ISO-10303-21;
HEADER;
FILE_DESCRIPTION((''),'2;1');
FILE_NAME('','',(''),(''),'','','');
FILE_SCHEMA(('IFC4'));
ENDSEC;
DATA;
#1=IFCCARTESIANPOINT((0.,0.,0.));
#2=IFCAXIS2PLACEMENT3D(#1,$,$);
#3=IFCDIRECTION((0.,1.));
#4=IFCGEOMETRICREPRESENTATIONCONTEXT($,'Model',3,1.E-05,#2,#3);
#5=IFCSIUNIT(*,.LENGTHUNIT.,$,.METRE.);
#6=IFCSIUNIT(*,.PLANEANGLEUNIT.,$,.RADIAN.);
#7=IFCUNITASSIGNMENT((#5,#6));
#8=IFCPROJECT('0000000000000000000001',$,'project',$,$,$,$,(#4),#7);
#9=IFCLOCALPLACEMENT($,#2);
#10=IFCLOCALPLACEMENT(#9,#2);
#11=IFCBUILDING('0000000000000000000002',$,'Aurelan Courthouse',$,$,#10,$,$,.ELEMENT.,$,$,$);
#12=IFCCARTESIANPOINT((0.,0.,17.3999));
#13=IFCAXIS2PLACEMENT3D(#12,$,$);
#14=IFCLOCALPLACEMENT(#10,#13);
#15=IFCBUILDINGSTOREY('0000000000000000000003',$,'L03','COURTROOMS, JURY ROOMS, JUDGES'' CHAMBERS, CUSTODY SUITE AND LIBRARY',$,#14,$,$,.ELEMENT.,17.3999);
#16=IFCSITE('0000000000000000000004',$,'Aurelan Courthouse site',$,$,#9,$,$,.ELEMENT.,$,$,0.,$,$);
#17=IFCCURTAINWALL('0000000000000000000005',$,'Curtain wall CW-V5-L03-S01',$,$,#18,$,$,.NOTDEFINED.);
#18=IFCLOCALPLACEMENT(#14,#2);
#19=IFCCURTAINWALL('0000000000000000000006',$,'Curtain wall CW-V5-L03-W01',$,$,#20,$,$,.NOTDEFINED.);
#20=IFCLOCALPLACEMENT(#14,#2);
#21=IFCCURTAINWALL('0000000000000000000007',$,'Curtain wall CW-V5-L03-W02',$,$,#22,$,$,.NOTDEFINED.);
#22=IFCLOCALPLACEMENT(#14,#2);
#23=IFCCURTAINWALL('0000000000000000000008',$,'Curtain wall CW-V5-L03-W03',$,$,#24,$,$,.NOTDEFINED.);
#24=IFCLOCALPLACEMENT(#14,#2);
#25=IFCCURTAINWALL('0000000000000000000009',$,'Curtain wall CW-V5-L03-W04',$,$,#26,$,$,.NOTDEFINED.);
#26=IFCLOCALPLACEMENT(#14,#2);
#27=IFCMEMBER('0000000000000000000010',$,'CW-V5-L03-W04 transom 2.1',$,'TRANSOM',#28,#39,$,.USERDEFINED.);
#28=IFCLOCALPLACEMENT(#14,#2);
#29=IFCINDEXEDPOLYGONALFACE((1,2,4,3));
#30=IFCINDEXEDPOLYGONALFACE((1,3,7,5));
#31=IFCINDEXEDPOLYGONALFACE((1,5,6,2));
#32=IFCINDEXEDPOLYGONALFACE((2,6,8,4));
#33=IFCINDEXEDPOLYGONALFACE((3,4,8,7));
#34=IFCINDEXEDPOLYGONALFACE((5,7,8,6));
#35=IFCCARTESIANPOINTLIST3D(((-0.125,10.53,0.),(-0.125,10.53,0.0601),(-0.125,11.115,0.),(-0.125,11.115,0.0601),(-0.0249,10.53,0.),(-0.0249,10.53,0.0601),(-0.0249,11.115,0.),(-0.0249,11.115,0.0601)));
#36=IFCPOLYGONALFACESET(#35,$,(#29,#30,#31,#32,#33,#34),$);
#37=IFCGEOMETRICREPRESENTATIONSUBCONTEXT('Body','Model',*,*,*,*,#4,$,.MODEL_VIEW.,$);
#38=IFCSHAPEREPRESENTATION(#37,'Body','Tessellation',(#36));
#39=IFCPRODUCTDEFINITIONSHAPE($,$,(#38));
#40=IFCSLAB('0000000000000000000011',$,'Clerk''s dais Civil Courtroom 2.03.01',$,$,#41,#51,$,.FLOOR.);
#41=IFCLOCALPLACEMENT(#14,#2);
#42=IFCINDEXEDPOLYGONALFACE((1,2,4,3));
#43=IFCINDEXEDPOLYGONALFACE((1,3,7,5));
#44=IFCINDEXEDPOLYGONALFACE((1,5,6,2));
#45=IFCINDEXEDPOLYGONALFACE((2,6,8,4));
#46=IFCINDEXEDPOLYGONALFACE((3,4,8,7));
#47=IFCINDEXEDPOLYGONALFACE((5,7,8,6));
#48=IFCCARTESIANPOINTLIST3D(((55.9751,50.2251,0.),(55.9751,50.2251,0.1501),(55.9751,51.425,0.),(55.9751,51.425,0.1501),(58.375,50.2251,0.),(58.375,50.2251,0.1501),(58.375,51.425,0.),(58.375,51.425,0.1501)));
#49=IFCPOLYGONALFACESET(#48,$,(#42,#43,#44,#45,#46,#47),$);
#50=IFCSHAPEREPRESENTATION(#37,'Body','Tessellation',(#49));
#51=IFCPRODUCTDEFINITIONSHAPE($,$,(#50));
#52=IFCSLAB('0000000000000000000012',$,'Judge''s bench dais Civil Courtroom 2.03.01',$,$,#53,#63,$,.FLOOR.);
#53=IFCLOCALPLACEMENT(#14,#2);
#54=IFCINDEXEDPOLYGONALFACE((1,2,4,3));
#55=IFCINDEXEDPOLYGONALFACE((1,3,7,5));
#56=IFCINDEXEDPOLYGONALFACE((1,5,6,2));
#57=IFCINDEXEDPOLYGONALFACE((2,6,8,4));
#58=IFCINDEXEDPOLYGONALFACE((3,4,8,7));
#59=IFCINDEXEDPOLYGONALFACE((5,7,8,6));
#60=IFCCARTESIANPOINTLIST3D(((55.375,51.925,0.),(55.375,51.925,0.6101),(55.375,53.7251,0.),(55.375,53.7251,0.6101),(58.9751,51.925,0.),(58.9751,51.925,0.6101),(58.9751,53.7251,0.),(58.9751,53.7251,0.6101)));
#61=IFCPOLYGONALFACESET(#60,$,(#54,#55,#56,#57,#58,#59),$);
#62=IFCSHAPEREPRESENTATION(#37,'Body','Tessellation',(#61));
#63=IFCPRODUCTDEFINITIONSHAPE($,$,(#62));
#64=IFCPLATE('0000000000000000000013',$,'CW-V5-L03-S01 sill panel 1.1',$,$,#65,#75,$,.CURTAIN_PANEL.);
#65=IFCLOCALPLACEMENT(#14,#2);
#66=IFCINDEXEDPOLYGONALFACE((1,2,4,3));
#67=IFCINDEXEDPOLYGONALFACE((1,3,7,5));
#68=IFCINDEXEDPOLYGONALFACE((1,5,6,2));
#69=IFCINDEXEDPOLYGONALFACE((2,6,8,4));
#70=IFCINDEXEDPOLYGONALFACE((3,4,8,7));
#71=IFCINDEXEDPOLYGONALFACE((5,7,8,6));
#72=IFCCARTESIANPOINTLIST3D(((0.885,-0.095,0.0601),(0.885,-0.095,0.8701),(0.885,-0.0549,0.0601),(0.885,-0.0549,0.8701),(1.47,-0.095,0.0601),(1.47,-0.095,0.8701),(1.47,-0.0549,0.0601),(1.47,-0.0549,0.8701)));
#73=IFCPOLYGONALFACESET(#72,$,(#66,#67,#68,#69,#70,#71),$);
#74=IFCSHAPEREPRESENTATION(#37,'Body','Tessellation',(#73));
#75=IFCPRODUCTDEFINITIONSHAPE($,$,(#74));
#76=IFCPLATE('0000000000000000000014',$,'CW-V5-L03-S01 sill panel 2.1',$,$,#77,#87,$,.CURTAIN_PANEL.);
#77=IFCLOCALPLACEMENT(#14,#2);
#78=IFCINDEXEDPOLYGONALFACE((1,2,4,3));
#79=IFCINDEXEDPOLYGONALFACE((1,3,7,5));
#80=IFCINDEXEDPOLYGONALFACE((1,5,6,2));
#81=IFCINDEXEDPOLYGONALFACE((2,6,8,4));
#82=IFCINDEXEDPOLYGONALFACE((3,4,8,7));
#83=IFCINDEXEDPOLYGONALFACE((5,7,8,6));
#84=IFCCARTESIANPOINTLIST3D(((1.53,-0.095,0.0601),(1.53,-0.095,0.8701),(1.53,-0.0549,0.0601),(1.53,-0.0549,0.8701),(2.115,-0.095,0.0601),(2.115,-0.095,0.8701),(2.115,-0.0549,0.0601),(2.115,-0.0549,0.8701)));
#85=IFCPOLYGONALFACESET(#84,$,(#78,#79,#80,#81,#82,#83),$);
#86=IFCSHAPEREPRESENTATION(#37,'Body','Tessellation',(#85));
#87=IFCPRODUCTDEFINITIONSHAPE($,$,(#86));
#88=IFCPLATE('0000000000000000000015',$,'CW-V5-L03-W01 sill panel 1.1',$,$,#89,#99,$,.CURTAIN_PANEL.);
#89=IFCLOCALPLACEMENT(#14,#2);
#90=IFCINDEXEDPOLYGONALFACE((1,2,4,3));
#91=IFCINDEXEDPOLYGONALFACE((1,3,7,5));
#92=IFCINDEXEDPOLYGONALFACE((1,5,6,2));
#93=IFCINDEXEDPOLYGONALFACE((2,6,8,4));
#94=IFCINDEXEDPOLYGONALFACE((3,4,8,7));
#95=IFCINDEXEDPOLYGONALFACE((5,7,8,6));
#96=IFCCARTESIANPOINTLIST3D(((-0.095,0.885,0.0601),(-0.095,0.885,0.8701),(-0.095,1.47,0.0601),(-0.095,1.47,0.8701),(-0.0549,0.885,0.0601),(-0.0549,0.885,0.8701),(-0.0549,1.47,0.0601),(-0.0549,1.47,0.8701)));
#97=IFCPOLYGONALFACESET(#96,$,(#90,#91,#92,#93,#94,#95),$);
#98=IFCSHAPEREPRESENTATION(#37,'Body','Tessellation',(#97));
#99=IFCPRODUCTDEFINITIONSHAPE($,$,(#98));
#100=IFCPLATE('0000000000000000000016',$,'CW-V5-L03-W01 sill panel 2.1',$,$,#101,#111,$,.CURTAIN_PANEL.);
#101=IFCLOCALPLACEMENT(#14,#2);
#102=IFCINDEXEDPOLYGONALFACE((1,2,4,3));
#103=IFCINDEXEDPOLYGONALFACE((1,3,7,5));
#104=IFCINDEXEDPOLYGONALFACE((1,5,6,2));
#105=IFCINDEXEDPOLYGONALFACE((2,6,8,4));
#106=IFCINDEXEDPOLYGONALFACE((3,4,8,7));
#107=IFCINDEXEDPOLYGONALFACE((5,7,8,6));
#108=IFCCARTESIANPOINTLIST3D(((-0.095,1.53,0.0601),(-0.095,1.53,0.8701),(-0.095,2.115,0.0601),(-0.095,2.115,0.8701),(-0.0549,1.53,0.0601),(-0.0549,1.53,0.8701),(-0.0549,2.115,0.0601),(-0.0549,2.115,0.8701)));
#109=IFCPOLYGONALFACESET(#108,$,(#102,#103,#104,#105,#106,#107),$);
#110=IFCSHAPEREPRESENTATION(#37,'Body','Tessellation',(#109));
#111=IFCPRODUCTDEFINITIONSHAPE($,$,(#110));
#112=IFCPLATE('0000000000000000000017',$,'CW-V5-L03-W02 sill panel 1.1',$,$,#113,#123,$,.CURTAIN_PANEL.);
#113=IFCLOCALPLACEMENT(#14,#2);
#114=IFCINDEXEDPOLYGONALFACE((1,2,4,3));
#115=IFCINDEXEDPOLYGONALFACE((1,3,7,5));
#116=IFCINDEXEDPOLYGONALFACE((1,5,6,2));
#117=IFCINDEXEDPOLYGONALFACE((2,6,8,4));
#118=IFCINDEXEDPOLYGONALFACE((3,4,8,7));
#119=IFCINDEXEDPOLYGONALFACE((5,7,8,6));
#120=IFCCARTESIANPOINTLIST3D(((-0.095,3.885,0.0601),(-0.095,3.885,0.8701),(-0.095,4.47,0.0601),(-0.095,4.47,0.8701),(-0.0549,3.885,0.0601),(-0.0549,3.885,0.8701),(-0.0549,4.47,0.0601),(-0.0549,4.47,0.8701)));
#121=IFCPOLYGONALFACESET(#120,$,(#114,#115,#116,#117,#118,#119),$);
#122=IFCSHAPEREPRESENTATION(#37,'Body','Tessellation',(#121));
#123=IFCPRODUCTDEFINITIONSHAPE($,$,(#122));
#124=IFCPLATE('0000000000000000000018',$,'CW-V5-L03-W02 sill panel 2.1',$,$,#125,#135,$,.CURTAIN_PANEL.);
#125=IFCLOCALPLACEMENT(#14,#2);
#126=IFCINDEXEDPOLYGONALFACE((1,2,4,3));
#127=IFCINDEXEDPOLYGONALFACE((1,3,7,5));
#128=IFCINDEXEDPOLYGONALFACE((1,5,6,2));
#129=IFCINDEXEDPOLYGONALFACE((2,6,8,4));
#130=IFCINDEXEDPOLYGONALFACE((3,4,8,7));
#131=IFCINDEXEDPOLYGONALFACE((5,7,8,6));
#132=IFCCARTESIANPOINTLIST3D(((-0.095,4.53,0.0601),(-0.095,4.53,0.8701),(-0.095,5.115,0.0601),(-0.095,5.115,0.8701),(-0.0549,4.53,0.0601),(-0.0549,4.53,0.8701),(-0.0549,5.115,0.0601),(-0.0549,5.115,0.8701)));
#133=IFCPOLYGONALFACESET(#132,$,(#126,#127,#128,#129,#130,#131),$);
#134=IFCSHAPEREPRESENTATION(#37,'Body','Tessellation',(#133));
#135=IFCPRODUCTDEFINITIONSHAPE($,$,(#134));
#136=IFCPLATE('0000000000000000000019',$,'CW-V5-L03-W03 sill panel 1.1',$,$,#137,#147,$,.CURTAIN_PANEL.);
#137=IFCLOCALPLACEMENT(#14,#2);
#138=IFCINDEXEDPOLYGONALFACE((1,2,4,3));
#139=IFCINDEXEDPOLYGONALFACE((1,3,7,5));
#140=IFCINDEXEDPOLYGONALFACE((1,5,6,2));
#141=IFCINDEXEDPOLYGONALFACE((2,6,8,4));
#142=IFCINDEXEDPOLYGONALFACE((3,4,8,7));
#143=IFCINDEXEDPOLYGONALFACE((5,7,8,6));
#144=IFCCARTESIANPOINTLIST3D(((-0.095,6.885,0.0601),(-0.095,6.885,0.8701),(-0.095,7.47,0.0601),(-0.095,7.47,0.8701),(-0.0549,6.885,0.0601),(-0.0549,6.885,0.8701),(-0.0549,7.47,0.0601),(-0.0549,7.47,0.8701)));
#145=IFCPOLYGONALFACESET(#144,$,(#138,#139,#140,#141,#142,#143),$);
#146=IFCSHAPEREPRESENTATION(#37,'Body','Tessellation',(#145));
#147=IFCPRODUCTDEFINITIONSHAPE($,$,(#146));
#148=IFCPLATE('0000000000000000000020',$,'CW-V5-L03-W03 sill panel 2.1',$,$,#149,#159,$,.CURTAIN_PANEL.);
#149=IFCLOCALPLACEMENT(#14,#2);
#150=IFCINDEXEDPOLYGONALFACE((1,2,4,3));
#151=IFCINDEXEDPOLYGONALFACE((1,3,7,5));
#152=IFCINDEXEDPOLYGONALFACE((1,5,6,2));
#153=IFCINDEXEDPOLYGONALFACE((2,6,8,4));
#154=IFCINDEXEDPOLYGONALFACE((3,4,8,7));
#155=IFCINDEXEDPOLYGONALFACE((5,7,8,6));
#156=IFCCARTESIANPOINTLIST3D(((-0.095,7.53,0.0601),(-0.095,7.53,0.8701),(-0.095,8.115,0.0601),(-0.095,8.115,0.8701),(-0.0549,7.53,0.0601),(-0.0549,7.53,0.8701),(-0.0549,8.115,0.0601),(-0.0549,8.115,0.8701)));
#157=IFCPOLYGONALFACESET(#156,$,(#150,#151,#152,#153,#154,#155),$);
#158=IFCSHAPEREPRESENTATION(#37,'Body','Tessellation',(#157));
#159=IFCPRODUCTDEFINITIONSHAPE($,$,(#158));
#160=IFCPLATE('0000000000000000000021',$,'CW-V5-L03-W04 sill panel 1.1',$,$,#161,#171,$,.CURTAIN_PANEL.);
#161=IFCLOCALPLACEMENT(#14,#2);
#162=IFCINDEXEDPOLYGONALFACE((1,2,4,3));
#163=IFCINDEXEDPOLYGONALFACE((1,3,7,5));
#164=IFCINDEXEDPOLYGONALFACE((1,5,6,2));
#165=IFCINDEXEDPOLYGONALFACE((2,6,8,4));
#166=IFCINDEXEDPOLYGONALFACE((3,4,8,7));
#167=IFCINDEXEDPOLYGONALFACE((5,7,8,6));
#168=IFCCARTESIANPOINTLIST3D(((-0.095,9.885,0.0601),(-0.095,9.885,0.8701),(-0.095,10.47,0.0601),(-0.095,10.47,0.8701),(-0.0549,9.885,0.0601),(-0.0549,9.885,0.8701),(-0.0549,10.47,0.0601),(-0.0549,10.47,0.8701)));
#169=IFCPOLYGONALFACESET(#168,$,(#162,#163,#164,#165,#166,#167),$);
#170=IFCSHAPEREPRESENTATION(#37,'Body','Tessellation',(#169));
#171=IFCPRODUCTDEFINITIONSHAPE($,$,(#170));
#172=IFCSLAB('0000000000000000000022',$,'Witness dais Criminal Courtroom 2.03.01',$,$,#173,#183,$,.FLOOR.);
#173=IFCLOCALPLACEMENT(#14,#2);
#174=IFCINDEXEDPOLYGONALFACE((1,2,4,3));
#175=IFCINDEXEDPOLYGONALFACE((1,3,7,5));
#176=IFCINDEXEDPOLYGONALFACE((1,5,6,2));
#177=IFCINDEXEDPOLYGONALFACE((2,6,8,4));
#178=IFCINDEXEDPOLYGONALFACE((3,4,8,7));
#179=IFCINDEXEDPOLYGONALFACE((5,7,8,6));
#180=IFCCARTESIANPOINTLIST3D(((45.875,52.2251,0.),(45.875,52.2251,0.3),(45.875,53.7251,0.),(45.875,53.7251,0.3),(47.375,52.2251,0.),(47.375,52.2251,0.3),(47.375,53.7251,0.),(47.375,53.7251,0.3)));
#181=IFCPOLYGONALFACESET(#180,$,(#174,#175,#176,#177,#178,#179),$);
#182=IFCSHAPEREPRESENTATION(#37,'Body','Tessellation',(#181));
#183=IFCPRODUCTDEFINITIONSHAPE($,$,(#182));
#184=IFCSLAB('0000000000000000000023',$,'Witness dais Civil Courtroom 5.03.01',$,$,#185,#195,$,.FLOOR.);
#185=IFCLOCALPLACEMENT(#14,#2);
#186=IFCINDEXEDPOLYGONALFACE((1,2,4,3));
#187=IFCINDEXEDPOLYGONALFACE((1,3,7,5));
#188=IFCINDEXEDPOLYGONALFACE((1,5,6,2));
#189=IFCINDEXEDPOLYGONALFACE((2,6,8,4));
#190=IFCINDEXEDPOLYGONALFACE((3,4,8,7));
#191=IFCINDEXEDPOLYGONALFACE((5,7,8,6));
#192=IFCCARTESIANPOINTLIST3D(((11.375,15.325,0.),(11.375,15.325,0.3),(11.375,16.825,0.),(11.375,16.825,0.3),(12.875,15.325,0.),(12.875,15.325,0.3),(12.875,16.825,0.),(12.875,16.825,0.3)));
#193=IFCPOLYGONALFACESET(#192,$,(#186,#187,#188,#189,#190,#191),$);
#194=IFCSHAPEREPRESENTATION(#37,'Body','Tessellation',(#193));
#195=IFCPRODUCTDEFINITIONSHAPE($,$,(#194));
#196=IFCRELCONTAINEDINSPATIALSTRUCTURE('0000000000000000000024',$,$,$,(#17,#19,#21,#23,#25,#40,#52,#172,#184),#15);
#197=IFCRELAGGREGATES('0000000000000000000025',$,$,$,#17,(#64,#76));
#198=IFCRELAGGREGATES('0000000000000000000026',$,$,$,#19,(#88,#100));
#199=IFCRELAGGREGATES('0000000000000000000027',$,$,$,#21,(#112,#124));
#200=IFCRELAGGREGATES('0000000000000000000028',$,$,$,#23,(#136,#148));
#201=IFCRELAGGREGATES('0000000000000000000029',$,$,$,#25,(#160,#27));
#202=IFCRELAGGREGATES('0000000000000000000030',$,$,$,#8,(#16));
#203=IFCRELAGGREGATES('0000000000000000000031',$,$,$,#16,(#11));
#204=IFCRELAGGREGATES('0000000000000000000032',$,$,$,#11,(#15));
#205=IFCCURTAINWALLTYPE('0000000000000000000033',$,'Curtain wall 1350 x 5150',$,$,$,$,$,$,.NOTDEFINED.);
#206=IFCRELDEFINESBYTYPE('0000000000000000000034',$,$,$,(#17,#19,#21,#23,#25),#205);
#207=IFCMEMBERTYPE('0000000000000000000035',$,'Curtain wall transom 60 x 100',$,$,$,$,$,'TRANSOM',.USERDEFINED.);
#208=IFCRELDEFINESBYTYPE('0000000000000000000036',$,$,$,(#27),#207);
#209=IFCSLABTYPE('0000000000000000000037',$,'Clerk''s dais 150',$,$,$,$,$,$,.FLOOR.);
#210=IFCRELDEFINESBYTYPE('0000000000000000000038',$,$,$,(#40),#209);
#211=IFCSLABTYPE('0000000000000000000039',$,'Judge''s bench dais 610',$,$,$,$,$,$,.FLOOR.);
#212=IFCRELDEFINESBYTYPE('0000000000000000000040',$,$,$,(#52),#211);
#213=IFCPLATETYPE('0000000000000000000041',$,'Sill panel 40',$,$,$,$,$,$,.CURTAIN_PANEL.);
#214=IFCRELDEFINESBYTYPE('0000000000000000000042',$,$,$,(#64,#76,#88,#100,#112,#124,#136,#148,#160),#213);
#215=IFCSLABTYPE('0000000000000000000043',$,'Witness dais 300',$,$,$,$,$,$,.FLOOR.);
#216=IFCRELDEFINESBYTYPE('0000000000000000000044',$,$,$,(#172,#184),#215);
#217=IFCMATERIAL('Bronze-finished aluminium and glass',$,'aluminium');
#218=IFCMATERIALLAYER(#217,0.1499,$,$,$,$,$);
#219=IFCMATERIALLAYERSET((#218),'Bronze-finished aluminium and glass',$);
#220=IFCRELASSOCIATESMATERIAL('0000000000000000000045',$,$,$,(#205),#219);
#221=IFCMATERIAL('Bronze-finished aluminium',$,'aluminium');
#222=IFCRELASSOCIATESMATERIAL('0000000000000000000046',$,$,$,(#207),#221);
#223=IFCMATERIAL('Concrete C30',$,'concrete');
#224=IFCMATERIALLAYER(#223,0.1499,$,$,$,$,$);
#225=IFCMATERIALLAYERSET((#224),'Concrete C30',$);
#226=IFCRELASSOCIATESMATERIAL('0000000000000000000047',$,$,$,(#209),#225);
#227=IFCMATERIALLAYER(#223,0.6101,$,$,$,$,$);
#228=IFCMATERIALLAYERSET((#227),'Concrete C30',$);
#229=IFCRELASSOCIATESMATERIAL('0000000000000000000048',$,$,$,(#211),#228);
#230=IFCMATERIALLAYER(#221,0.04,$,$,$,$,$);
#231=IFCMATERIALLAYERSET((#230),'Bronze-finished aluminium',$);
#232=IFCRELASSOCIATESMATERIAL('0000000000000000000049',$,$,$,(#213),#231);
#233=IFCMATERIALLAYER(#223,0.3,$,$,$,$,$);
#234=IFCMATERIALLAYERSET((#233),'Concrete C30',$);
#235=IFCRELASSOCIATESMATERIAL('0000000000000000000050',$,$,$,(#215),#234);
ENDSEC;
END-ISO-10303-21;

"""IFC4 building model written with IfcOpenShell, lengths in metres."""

from ifc_helpers import new_model, si_unit, direction, frame, origin, origin_2d, place, context, subcontext, project, spatial, polyline, rectangle, outline, extrude, material, layer, layer_set, material_profile, profile_set, type_object, element, aggregate, save


model = new_model("IFC4")

# Units and contexts
model_context = context("Model", 3, precision=1e-05, world=origin(), true_north=direction((0.0, 1.0)))
body_context = subcontext(model_context, "Body", "Model", "MODEL_VIEW")
ifc_project = project(units=[si_unit("LENGTHUNIT", "METRE"), si_unit("PLANEANGLEUNIT", "RADIAN")], contexts=[model_context])

# Site, building, storey
site_placement = place(None, origin())
site = spatial("IfcSite", under=ifc_project, at=site_placement, Name="Aurelan Courthouse site", CompositionType="ELEMENT", RefElevation=0.0)
building_placement = place(site_placement, origin())
building = spatial("IfcBuilding", under=site, at=building_placement, Name="Aurelan Courthouse", CompositionType="ELEMENT")
storey_placement = place(building_placement, frame((0.0, 0.0, 17.3999)))
storey = spatial("IfcBuildingStorey", under=building, at=storey_placement, Name="L03", Description="COURTROOMS, JURY ROOMS, JUDGES' CHAMBERS, CUSTODY SUITE AND LIBRARY", CompositionType="ELEMENT", Elevation=17.3999)

# Curtain walls, member
ifc_material_1 = material(Name="Bronze-finished aluminium and glass", Category="aluminium")
ifc_layer_1 = layer(ifc_material_1, 0.1499)
ifc_layer_set_1 = layer_set([ifc_layer_1], Name="Bronze-finished aluminium and glass")
curtain_wall_type = type_object("IfcCurtainWallType", Name="Curtain wall 1350 x 5150", PredefinedType="NOTDEFINED", material=ifc_layer_set_1)
curtain_wall_1_placement = place(storey_placement, origin())
curtain_wall_1 = element("IfcCurtainWall", 1, at=curtain_wall_1_placement, inside=storey, type_object=curtain_wall_type, Name="Curtain wall CW-V5-L03-S01", PredefinedType="NOTDEFINED")
ifc_material_2 = material(Name="Bronze-finished aluminium", Category="aluminium")
ifc_material_profile_1 = material_profile(ifc_material_2, rectangle(XDim=0.1001, YDim=0.0601, at=origin_2d()), Name="Bronze transom 60 x 100")
ifc_profile_set_1 = profile_set([ifc_material_profile_1], Name="Bronze-finished aluminium")
member_type_1 = type_object("IfcMemberType", Name="Curtain wall transom 60 x 100", ElementType="TRANSOM", PredefinedType="USERDEFINED", material=ifc_profile_set_1)
curtain_wall_2_placement = place(storey_placement, origin())
curtain_wall_2 = element("IfcCurtainWall", 2, at=curtain_wall_2_placement, inside=storey, type_object=curtain_wall_type, Name="Curtain wall CW-V5-L03-W01", PredefinedType="NOTDEFINED")
curtain_wall_3_placement = place(storey_placement, origin())
curtain_wall_3 = element("IfcCurtainWall", 3, at=curtain_wall_3_placement, inside=storey, type_object=curtain_wall_type, Name="Curtain wall CW-V5-L03-W02", PredefinedType="NOTDEFINED")
curtain_wall_4_placement = place(storey_placement, origin())
curtain_wall_4 = element("IfcCurtainWall", 4, at=curtain_wall_4_placement, inside=storey, type_object=curtain_wall_type, Name="Curtain wall CW-V5-L03-W03", PredefinedType="NOTDEFINED")
curtain_wall_5_placement = place(storey_placement, origin())
curtain_wall_5 = element("IfcCurtainWall", 5, at=curtain_wall_5_placement, inside=storey, type_object=curtain_wall_type, Name="Curtain wall CW-V5-L03-W04", PredefinedType="NOTDEFINED")
member_1_placement = place(storey_placement, frame((-0.075, 10.53, 0.03), z_axis=(0.0, 1.0, 0.0), x_axis=(-1.0, 0.0, 0.0)))
member_1 = element("IfcMember", 6, at=member_1_placement, type_object=member_type_1, Name="CW-V5-L03-W04 transom 2.1", ObjectType="TRANSOM", PredefinedType="USERDEFINED", context=body_context, shape_type="SweptSolid", body=[
    extrude(rectangle(XDim=0.1001, YDim=0.0601, at=origin_2d()), origin(), (0.0, 0.0, 1.0), 0.585),
])

# Slabs
ifc_material_3 = material(Name="Concrete C30", Category="concrete")
ifc_layer_2 = layer(ifc_material_3, 0.1499)
ifc_layer_set_2 = layer_set([ifc_layer_2], Name="Concrete C30")
slab_type_1 = type_object("IfcSlabType", Name="Clerk's dais 150", PredefinedType="FLOOR", material=ifc_layer_set_2)
slab_1_placement = place(storey_placement, origin())
element("IfcSlab", 7, at=slab_1_placement, inside=storey, type_object=slab_type_1, Name="Clerk's dais Civil Courtroom 2.03.01", PredefinedType="FLOOR", context=body_context, shape_type="SweptSolid", body=[
    extrude(outline(polyline([(55.9751, 50.2251), (58.375, 50.2251), (58.375, 51.425), (55.9751, 51.425), (55.9751, 50.2251)])), origin(), (0.0, 0.0, 1.0), 0.1501),
])
ifc_layer_3 = layer(ifc_material_3, 0.6101)
ifc_layer_set_3 = layer_set([ifc_layer_3], Name="Concrete C30")
slab_type_2 = type_object("IfcSlabType", Name="Judge's bench dais 610", PredefinedType="FLOOR", material=ifc_layer_set_3)
slab_2_placement = place(storey_placement, origin())
element("IfcSlab", 8, at=slab_2_placement, inside=storey, type_object=slab_type_2, Name="Judge's bench dais Civil Courtroom 2.03.01", PredefinedType="FLOOR", context=body_context, shape_type="SweptSolid", body=[
    extrude(outline(polyline([(55.375, 51.925), (58.9751, 51.925), (58.9751, 53.7251), (55.375, 53.7251), (55.375, 51.925)])), origin(), (0.0, 0.0, 1.0), 0.6101),
])

# Plates
ifc_layer_4 = layer(ifc_material_2, 0.04)
ifc_layer_set_4 = layer_set([ifc_layer_4], Name="Bronze-finished aluminium")
plate_type = type_object("IfcPlateType", Name="Sill panel 40", PredefinedType="CURTAIN_PANEL", material=ifc_layer_set_4)
plate_1_placement = place(storey_placement, frame((1.1775, -0.075, 0.0601), z_axis=(0.0, 0.0, 1.0), x_axis=(1.0, 0.0, 0.0)))
plate_1 = element("IfcPlate", 9, at=plate_1_placement, type_object=plate_type, Name="CW-V5-L03-S01 sill panel 1.1", PredefinedType="CURTAIN_PANEL", context=body_context, shape_type="SweptSolid", body=[
    extrude(rectangle(XDim=0.585, YDim=0.04, at=origin_2d()), origin(), (0.0, 0.0, 1.0), 0.8101),
])
plate_2_placement = place(storey_placement, frame((1.8225, -0.075, 0.0601), z_axis=(0.0, 0.0, 1.0), x_axis=(1.0, 0.0, 0.0)))
plate_2 = element("IfcPlate", 10, at=plate_2_placement, type_object=plate_type, Name="CW-V5-L03-S01 sill panel 2.1", PredefinedType="CURTAIN_PANEL", context=body_context, shape_type="SweptSolid", body=[
    extrude(rectangle(XDim=0.585, YDim=0.04, at=origin_2d()), origin(), (0.0, 0.0, 1.0), 0.8101),
])
aggregate(curtain_wall_1, [plate_1, plate_2])
plate_3_placement = place(storey_placement, frame((-0.075, 1.1775, 0.0601), z_axis=(0.0, 0.0, 1.0), x_axis=(0.0, 1.0, 0.0)))
plate_3 = element("IfcPlate", 11, at=plate_3_placement, type_object=plate_type, Name="CW-V5-L03-W01 sill panel 1.1", PredefinedType="CURTAIN_PANEL", context=body_context, shape_type="SweptSolid", body=[
    extrude(rectangle(XDim=0.585, YDim=0.04, at=origin_2d()), origin(), (0.0, 0.0, 1.0), 0.8101),
])
plate_4_placement = place(storey_placement, frame((-0.075, 1.8225, 0.0601), z_axis=(0.0, 0.0, 1.0), x_axis=(0.0, 1.0, 0.0)))
plate_4 = element("IfcPlate", 12, at=plate_4_placement, type_object=plate_type, Name="CW-V5-L03-W01 sill panel 2.1", PredefinedType="CURTAIN_PANEL", context=body_context, shape_type="SweptSolid", body=[
    extrude(rectangle(XDim=0.585, YDim=0.04, at=origin_2d()), origin(), (0.0, 0.0, 1.0), 0.8101),
])
aggregate(curtain_wall_2, [plate_3, plate_4])
plate_5_placement = place(storey_placement, frame((-0.075, 4.1775, 0.0601), z_axis=(0.0, 0.0, 1.0), x_axis=(0.0, 1.0, 0.0)))
plate_5 = element("IfcPlate", 13, at=plate_5_placement, type_object=plate_type, Name="CW-V5-L03-W02 sill panel 1.1", PredefinedType="CURTAIN_PANEL", context=body_context, shape_type="SweptSolid", body=[
    extrude(rectangle(XDim=0.585, YDim=0.04, at=origin_2d()), origin(), (0.0, 0.0, 1.0), 0.8101),
])
plate_6_placement = place(storey_placement, frame((-0.075, 4.8225, 0.0601), z_axis=(0.0, 0.0, 1.0), x_axis=(0.0, 1.0, 0.0)))
plate_6 = element("IfcPlate", 14, at=plate_6_placement, type_object=plate_type, Name="CW-V5-L03-W02 sill panel 2.1", PredefinedType="CURTAIN_PANEL", context=body_context, shape_type="SweptSolid", body=[
    extrude(rectangle(XDim=0.585, YDim=0.04, at=origin_2d()), origin(), (0.0, 0.0, 1.0), 0.8101),
])
aggregate(curtain_wall_3, [plate_5, plate_6])
plate_7_placement = place(storey_placement, frame((-0.075, 7.1775, 0.0601), z_axis=(0.0, 0.0, 1.0), x_axis=(0.0, 1.0, 0.0)))
plate_7 = element("IfcPlate", 15, at=plate_7_placement, type_object=plate_type, Name="CW-V5-L03-W03 sill panel 1.1", PredefinedType="CURTAIN_PANEL", context=body_context, shape_type="SweptSolid", body=[
    extrude(rectangle(XDim=0.585, YDim=0.04, at=origin_2d()), origin(), (0.0, 0.0, 1.0), 0.8101),
])
plate_8_placement = place(storey_placement, frame((-0.075, 7.8225, 0.0601), z_axis=(0.0, 0.0, 1.0), x_axis=(0.0, 1.0, 0.0)))
plate_8 = element("IfcPlate", 16, at=plate_8_placement, type_object=plate_type, Name="CW-V5-L03-W03 sill panel 2.1", PredefinedType="CURTAIN_PANEL", context=body_context, shape_type="SweptSolid", body=[
    extrude(rectangle(XDim=0.585, YDim=0.04, at=origin_2d()), origin(), (0.0, 0.0, 1.0), 0.8101),
])
aggregate(curtain_wall_4, [plate_7, plate_8])
plate_9_placement = place(storey_placement, frame((-0.075, 10.1775, 0.0601), z_axis=(0.0, 0.0, 1.0), x_axis=(0.0, 1.0, 0.0)))
plate_9 = element("IfcPlate", 17, at=plate_9_placement, type_object=plate_type, Name="CW-V5-L03-W04 sill panel 1.1", PredefinedType="CURTAIN_PANEL", context=body_context, shape_type="SweptSolid", body=[
    extrude(rectangle(XDim=0.585, YDim=0.04, at=origin_2d()), origin(), (0.0, 0.0, 1.0), 0.8101),
])
aggregate(curtain_wall_5, [plate_9, member_1])

# Slabs
ifc_layer_5 = layer(ifc_material_3, 0.3)
ifc_layer_set_5 = layer_set([ifc_layer_5], Name="Concrete C30")
slab_type_3 = type_object("IfcSlabType", Name="Witness dais 300", PredefinedType="FLOOR", material=ifc_layer_set_5)
slab_3_placement = place(storey_placement, origin())
element("IfcSlab", 18, at=slab_3_placement, inside=storey, type_object=slab_type_3, Name="Witness dais Criminal Courtroom 2.03.01", PredefinedType="FLOOR", context=body_context, shape_type="SweptSolid", body=[
    extrude(outline(polyline([(45.875, 52.2251), (47.375, 52.2251), (47.375, 53.7251), (45.875, 53.7251), (45.875, 52.2251)])), origin(), (0.0, 0.0, 1.0), 0.3),
])
slab_4_placement = place(storey_placement, origin())
element("IfcSlab", 19, at=slab_4_placement, inside=storey, type_object=slab_type_3, Name="Witness dais Civil Courtroom 5.03.01", PredefinedType="FLOOR", context=body_context, shape_type="SweptSolid", body=[
    extrude(outline(polyline([(11.375, 15.325), (12.875, 15.325), (12.875, 16.825), (11.375, 16.825), (11.375, 15.325)])), origin(), (0.0, 0.0, 1.0), 0.3),
])

save(model, "model.ifc")
